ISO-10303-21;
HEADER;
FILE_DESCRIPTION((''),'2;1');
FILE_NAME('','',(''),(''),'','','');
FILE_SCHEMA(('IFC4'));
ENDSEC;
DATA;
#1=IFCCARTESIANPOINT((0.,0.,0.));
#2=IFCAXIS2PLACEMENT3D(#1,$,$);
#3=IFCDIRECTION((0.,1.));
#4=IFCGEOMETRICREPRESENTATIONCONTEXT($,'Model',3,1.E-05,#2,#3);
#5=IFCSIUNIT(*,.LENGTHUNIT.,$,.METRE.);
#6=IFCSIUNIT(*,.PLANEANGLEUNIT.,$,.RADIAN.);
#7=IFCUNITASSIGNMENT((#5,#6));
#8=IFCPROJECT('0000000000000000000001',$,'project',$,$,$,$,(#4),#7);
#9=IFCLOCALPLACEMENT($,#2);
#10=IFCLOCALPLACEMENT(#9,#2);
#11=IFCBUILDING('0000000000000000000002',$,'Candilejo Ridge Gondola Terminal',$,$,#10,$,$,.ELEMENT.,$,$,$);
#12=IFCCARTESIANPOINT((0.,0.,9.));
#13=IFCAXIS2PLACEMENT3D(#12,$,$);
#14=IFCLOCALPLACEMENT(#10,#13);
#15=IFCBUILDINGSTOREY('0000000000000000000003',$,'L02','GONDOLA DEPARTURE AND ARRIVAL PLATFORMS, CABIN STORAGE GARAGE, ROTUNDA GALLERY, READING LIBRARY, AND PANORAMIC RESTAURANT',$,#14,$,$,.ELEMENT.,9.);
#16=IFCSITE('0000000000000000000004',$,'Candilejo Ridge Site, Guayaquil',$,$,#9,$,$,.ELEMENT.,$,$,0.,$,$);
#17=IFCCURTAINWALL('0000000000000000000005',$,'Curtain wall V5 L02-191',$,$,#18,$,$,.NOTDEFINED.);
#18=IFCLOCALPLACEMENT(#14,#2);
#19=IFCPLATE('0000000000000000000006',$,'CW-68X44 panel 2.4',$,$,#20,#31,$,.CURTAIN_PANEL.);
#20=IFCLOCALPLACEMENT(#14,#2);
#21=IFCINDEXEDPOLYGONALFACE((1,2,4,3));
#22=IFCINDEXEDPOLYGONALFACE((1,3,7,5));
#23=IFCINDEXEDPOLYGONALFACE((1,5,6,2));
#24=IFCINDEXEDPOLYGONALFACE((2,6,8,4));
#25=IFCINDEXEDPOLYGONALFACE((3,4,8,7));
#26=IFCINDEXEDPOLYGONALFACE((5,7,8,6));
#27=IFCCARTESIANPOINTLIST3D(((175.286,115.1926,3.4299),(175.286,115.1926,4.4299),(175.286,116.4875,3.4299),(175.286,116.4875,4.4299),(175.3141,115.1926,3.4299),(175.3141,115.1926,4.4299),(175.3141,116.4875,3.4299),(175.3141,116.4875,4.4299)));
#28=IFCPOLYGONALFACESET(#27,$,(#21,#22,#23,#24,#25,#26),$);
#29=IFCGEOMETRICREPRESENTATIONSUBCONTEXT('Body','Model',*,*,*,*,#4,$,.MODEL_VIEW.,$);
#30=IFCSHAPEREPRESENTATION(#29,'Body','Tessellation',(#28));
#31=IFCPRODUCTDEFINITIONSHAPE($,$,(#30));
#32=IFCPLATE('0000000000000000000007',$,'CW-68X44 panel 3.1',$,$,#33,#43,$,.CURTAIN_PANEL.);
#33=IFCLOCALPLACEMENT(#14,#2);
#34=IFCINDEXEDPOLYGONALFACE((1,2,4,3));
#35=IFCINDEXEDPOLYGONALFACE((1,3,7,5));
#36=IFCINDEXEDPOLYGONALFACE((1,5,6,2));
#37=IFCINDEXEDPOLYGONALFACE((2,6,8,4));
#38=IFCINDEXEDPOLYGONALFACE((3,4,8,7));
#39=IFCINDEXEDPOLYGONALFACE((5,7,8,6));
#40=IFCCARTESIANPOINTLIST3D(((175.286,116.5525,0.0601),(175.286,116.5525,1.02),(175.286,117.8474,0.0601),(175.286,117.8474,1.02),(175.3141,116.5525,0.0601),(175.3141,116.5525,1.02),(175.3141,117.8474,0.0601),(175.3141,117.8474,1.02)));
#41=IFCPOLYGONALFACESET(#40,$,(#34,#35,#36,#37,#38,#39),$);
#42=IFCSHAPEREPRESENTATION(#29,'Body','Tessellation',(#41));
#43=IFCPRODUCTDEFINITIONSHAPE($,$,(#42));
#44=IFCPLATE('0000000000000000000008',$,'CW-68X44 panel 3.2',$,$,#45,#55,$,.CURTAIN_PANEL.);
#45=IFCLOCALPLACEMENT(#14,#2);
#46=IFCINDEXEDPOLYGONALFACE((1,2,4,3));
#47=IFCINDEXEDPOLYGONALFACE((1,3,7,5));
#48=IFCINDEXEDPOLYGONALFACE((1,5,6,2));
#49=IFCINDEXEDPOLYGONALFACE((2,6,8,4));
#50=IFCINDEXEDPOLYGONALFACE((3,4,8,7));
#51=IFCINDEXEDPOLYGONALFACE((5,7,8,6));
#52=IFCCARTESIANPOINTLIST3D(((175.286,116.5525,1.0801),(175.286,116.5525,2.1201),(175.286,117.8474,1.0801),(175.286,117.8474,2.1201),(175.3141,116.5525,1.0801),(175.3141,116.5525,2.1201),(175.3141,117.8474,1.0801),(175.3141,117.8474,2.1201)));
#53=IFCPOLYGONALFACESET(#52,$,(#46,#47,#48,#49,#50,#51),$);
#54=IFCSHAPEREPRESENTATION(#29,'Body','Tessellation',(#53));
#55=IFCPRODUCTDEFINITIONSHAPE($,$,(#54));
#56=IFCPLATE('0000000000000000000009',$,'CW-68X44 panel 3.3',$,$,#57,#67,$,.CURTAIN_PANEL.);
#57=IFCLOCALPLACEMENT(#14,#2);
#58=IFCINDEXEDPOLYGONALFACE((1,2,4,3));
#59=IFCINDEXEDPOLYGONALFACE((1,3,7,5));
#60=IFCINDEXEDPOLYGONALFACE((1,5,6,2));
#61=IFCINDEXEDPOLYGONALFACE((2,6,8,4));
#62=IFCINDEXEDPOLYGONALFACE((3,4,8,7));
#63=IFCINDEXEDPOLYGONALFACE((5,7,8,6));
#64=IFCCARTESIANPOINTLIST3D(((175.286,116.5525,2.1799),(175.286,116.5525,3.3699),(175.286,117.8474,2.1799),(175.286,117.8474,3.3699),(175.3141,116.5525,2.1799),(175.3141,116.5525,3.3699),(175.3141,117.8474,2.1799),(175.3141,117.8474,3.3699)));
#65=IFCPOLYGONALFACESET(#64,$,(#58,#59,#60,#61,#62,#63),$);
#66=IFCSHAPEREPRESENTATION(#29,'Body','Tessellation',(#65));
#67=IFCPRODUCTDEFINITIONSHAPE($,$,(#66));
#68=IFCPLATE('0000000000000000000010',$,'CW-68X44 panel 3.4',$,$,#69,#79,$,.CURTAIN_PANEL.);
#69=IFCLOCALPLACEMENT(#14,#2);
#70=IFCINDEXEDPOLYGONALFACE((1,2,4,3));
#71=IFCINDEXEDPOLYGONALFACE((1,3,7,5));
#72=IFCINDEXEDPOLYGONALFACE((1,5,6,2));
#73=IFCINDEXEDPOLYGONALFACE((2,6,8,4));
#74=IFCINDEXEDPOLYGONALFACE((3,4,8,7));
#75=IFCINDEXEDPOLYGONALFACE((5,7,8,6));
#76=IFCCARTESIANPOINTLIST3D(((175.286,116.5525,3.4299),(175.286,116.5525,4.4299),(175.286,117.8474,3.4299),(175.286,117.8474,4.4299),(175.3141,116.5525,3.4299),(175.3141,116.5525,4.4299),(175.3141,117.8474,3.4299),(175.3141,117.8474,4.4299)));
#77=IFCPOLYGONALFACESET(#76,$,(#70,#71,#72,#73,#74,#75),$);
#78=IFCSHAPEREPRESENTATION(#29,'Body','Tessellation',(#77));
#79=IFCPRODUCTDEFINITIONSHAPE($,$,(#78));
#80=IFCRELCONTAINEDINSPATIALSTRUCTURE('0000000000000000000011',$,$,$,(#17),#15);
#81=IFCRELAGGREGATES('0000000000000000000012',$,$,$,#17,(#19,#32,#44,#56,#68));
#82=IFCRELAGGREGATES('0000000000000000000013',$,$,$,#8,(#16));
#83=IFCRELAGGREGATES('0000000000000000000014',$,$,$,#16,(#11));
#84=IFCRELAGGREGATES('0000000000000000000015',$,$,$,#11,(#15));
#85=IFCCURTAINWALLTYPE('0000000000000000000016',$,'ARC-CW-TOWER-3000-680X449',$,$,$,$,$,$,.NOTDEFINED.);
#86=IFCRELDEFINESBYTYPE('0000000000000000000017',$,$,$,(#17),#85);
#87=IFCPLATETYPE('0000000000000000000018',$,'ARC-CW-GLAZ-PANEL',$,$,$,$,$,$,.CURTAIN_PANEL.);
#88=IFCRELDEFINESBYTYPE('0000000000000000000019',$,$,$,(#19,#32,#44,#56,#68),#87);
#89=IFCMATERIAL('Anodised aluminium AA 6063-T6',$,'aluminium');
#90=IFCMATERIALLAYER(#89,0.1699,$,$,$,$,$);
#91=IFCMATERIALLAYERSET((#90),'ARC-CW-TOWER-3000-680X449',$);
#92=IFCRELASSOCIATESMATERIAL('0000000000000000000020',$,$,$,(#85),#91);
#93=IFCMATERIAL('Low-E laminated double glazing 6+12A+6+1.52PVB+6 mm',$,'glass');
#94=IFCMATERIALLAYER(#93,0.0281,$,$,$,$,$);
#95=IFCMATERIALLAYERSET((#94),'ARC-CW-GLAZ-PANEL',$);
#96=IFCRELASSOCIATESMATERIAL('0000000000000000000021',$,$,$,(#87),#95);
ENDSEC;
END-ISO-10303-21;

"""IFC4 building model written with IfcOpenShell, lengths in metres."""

from ifc_helpers import new_model, si_unit, direction, frame, origin, origin_2d, place, context, subcontext, project, spatial, rectangle, extrude, material, layer, layer_set, type_object, element, aggregate, save


model = new_model("IFC4")

# Units and contexts
model_context = context("Model", 3, precision=1e-05, world=origin(), true_north=direction((0.0, 1.0)))
body_context = subcontext(model_context, "Body", "Model", "MODEL_VIEW")
ifc_project = project(units=[si_unit("LENGTHUNIT", "METRE"), si_unit("PLANEANGLEUNIT", "RADIAN")], contexts=[model_context])

# Site, building, storey
site_placement = place(None, origin())
site = spatial("IfcSite", under=ifc_project, at=site_placement, Name="Candilejo Ridge Site, Guayaquil", CompositionType="ELEMENT", RefElevation=0.0)
building_placement = place(site_placement, origin())
building = spatial("IfcBuilding", under=site, at=building_placement, Name="Candilejo Ridge Gondola Terminal", CompositionType="ELEMENT")
storey_placement = place(building_placement, frame((0.0, 0.0, 9.0)))
storey = spatial("IfcBuildingStorey", under=building, at=storey_placement, Name="L02", Description="GONDOLA DEPARTURE AND ARRIVAL PLATFORMS, CABIN STORAGE GARAGE, ROTUNDA GALLERY, READING LIBRARY, AND PANORAMIC RESTAURANT", CompositionType="ELEMENT", Elevation=9.0)

# Curtain wall, plates
ifc_material_1 = material(Name="Anodised aluminium AA 6063-T6", Category="aluminium")
ifc_layer_1 = layer(ifc_material_1, 0.1699)
ifc_layer_set_1 = layer_set([ifc_layer_1], Name="ARC-CW-TOWER-3000-680X449")
curtain_wall_type = type_object("IfcCurtainWallType", Name="ARC-CW-TOWER-3000-680X449", PredefinedType="NOTDEFINED", material=ifc_layer_set_1)
curtain_wall_placement = place(storey_placement, origin())
curtain_wall = element("IfcCurtainWall", 1, at=curtain_wall_placement, inside=storey, type_object=curtain_wall_type, Name="Curtain wall V5 L02-191", PredefinedType="NOTDEFINED")
ifc_material_2 = material(Name="Low-E laminated double glazing 6+12A+6+1.52PVB+6 mm", Category="glass")
ifc_layer_2 = layer(ifc_material_2, 0.0281)
ifc_layer_set_2 = layer_set([ifc_layer_2], Name="ARC-CW-GLAZ-PANEL")
plate_type = type_object("IfcPlateType", Name="ARC-CW-GLAZ-PANEL", PredefinedType="CURTAIN_PANEL", material=ifc_layer_set_2)
plate_1_placement = place(storey_placement, frame((175.3, 115.8401, 3.4299), z_axis=(0.0, 0.0, 1.0), x_axis=(0.0, 1.0, 0.0)))
plate_1 = element("IfcPlate", 2, at=plate_1_placement, type_object=plate_type, Name="CW-68X44 panel 2.4", PredefinedType="CURTAIN_PANEL", context=body_context, shape_type="SweptSolid", body=[
    extrude(rectangle(XDim=1.2949, YDim=0.0281, at=origin_2d()), origin(), (0.0, 0.0, 1.0), 1.0),
])
plate_2_placement = place(storey_placement, frame((175.3, 117.2, 0.0601), z_axis=(0.0, 0.0, 1.0), x_axis=(0.0, 1.0, 0.0)))
plate_2 = element("IfcPlate", 3, at=plate_2_placement, type_object=plate_type, Name="CW-68X44 panel 3.1", PredefinedType="CURTAIN_PANEL", context=body_context, shape_type="SweptSolid", body=[
    extrude(rectangle(XDim=1.2949, YDim=0.0281, at=origin_2d()), origin(), (0.0, 0.0, 1.0), 0.96),
])
plate_3_placement = place(storey_placement, frame((175.3, 117.2, 1.0801), z_axis=(0.0, 0.0, 1.0), x_axis=(0.0, 1.0, 0.0)))
plate_3 = element("IfcPlate", 4, at=plate_3_placement, type_object=plate_type, Name="CW-68X44 panel 3.2", PredefinedType="CURTAIN_PANEL", context=body_context, shape_type="SweptSolid", body=[
    extrude(rectangle(XDim=1.2949, YDim=0.0281, at=origin_2d()), origin(), (0.0, 0.0, 1.0), 1.04),
])
plate_4_placement = place(storey_placement, frame((175.3, 117.2, 2.1799), z_axis=(0.0, 0.0, 1.0), x_axis=(0.0, 1.0, 0.0)))
plate_4 = element("IfcPlate", 5, at=plate_4_placement, type_object=plate_type, Name="CW-68X44 panel 3.3", PredefinedType="CURTAIN_PANEL", context=body_context, shape_type="SweptSolid", body=[
    extrude(rectangle(XDim=1.2949, YDim=0.0281, at=origin_2d()), origin(), (0.0, 0.0, 1.0), 1.1899),
])
plate_5_placement = place(storey_placement, frame((175.3, 117.2, 3.4299), z_axis=(0.0, 0.0, 1.0), x_axis=(0.0, 1.0, 0.0)))
plate_5 = element("IfcPlate", 6, at=plate_5_placement, type_object=plate_type, Name="CW-68X44 panel 3.4", PredefinedType="CURTAIN_PANEL", context=body_context, shape_type="SweptSolid", body=[
    extrude(rectangle(XDim=1.2949, YDim=0.0281, at=origin_2d()), origin(), (0.0, 0.0, 1.0), 1.0),
])
aggregate(curtain_wall, [plate_1, plate_2, plate_3, plate_4, plate_5])

save(model, "model.ifc")
